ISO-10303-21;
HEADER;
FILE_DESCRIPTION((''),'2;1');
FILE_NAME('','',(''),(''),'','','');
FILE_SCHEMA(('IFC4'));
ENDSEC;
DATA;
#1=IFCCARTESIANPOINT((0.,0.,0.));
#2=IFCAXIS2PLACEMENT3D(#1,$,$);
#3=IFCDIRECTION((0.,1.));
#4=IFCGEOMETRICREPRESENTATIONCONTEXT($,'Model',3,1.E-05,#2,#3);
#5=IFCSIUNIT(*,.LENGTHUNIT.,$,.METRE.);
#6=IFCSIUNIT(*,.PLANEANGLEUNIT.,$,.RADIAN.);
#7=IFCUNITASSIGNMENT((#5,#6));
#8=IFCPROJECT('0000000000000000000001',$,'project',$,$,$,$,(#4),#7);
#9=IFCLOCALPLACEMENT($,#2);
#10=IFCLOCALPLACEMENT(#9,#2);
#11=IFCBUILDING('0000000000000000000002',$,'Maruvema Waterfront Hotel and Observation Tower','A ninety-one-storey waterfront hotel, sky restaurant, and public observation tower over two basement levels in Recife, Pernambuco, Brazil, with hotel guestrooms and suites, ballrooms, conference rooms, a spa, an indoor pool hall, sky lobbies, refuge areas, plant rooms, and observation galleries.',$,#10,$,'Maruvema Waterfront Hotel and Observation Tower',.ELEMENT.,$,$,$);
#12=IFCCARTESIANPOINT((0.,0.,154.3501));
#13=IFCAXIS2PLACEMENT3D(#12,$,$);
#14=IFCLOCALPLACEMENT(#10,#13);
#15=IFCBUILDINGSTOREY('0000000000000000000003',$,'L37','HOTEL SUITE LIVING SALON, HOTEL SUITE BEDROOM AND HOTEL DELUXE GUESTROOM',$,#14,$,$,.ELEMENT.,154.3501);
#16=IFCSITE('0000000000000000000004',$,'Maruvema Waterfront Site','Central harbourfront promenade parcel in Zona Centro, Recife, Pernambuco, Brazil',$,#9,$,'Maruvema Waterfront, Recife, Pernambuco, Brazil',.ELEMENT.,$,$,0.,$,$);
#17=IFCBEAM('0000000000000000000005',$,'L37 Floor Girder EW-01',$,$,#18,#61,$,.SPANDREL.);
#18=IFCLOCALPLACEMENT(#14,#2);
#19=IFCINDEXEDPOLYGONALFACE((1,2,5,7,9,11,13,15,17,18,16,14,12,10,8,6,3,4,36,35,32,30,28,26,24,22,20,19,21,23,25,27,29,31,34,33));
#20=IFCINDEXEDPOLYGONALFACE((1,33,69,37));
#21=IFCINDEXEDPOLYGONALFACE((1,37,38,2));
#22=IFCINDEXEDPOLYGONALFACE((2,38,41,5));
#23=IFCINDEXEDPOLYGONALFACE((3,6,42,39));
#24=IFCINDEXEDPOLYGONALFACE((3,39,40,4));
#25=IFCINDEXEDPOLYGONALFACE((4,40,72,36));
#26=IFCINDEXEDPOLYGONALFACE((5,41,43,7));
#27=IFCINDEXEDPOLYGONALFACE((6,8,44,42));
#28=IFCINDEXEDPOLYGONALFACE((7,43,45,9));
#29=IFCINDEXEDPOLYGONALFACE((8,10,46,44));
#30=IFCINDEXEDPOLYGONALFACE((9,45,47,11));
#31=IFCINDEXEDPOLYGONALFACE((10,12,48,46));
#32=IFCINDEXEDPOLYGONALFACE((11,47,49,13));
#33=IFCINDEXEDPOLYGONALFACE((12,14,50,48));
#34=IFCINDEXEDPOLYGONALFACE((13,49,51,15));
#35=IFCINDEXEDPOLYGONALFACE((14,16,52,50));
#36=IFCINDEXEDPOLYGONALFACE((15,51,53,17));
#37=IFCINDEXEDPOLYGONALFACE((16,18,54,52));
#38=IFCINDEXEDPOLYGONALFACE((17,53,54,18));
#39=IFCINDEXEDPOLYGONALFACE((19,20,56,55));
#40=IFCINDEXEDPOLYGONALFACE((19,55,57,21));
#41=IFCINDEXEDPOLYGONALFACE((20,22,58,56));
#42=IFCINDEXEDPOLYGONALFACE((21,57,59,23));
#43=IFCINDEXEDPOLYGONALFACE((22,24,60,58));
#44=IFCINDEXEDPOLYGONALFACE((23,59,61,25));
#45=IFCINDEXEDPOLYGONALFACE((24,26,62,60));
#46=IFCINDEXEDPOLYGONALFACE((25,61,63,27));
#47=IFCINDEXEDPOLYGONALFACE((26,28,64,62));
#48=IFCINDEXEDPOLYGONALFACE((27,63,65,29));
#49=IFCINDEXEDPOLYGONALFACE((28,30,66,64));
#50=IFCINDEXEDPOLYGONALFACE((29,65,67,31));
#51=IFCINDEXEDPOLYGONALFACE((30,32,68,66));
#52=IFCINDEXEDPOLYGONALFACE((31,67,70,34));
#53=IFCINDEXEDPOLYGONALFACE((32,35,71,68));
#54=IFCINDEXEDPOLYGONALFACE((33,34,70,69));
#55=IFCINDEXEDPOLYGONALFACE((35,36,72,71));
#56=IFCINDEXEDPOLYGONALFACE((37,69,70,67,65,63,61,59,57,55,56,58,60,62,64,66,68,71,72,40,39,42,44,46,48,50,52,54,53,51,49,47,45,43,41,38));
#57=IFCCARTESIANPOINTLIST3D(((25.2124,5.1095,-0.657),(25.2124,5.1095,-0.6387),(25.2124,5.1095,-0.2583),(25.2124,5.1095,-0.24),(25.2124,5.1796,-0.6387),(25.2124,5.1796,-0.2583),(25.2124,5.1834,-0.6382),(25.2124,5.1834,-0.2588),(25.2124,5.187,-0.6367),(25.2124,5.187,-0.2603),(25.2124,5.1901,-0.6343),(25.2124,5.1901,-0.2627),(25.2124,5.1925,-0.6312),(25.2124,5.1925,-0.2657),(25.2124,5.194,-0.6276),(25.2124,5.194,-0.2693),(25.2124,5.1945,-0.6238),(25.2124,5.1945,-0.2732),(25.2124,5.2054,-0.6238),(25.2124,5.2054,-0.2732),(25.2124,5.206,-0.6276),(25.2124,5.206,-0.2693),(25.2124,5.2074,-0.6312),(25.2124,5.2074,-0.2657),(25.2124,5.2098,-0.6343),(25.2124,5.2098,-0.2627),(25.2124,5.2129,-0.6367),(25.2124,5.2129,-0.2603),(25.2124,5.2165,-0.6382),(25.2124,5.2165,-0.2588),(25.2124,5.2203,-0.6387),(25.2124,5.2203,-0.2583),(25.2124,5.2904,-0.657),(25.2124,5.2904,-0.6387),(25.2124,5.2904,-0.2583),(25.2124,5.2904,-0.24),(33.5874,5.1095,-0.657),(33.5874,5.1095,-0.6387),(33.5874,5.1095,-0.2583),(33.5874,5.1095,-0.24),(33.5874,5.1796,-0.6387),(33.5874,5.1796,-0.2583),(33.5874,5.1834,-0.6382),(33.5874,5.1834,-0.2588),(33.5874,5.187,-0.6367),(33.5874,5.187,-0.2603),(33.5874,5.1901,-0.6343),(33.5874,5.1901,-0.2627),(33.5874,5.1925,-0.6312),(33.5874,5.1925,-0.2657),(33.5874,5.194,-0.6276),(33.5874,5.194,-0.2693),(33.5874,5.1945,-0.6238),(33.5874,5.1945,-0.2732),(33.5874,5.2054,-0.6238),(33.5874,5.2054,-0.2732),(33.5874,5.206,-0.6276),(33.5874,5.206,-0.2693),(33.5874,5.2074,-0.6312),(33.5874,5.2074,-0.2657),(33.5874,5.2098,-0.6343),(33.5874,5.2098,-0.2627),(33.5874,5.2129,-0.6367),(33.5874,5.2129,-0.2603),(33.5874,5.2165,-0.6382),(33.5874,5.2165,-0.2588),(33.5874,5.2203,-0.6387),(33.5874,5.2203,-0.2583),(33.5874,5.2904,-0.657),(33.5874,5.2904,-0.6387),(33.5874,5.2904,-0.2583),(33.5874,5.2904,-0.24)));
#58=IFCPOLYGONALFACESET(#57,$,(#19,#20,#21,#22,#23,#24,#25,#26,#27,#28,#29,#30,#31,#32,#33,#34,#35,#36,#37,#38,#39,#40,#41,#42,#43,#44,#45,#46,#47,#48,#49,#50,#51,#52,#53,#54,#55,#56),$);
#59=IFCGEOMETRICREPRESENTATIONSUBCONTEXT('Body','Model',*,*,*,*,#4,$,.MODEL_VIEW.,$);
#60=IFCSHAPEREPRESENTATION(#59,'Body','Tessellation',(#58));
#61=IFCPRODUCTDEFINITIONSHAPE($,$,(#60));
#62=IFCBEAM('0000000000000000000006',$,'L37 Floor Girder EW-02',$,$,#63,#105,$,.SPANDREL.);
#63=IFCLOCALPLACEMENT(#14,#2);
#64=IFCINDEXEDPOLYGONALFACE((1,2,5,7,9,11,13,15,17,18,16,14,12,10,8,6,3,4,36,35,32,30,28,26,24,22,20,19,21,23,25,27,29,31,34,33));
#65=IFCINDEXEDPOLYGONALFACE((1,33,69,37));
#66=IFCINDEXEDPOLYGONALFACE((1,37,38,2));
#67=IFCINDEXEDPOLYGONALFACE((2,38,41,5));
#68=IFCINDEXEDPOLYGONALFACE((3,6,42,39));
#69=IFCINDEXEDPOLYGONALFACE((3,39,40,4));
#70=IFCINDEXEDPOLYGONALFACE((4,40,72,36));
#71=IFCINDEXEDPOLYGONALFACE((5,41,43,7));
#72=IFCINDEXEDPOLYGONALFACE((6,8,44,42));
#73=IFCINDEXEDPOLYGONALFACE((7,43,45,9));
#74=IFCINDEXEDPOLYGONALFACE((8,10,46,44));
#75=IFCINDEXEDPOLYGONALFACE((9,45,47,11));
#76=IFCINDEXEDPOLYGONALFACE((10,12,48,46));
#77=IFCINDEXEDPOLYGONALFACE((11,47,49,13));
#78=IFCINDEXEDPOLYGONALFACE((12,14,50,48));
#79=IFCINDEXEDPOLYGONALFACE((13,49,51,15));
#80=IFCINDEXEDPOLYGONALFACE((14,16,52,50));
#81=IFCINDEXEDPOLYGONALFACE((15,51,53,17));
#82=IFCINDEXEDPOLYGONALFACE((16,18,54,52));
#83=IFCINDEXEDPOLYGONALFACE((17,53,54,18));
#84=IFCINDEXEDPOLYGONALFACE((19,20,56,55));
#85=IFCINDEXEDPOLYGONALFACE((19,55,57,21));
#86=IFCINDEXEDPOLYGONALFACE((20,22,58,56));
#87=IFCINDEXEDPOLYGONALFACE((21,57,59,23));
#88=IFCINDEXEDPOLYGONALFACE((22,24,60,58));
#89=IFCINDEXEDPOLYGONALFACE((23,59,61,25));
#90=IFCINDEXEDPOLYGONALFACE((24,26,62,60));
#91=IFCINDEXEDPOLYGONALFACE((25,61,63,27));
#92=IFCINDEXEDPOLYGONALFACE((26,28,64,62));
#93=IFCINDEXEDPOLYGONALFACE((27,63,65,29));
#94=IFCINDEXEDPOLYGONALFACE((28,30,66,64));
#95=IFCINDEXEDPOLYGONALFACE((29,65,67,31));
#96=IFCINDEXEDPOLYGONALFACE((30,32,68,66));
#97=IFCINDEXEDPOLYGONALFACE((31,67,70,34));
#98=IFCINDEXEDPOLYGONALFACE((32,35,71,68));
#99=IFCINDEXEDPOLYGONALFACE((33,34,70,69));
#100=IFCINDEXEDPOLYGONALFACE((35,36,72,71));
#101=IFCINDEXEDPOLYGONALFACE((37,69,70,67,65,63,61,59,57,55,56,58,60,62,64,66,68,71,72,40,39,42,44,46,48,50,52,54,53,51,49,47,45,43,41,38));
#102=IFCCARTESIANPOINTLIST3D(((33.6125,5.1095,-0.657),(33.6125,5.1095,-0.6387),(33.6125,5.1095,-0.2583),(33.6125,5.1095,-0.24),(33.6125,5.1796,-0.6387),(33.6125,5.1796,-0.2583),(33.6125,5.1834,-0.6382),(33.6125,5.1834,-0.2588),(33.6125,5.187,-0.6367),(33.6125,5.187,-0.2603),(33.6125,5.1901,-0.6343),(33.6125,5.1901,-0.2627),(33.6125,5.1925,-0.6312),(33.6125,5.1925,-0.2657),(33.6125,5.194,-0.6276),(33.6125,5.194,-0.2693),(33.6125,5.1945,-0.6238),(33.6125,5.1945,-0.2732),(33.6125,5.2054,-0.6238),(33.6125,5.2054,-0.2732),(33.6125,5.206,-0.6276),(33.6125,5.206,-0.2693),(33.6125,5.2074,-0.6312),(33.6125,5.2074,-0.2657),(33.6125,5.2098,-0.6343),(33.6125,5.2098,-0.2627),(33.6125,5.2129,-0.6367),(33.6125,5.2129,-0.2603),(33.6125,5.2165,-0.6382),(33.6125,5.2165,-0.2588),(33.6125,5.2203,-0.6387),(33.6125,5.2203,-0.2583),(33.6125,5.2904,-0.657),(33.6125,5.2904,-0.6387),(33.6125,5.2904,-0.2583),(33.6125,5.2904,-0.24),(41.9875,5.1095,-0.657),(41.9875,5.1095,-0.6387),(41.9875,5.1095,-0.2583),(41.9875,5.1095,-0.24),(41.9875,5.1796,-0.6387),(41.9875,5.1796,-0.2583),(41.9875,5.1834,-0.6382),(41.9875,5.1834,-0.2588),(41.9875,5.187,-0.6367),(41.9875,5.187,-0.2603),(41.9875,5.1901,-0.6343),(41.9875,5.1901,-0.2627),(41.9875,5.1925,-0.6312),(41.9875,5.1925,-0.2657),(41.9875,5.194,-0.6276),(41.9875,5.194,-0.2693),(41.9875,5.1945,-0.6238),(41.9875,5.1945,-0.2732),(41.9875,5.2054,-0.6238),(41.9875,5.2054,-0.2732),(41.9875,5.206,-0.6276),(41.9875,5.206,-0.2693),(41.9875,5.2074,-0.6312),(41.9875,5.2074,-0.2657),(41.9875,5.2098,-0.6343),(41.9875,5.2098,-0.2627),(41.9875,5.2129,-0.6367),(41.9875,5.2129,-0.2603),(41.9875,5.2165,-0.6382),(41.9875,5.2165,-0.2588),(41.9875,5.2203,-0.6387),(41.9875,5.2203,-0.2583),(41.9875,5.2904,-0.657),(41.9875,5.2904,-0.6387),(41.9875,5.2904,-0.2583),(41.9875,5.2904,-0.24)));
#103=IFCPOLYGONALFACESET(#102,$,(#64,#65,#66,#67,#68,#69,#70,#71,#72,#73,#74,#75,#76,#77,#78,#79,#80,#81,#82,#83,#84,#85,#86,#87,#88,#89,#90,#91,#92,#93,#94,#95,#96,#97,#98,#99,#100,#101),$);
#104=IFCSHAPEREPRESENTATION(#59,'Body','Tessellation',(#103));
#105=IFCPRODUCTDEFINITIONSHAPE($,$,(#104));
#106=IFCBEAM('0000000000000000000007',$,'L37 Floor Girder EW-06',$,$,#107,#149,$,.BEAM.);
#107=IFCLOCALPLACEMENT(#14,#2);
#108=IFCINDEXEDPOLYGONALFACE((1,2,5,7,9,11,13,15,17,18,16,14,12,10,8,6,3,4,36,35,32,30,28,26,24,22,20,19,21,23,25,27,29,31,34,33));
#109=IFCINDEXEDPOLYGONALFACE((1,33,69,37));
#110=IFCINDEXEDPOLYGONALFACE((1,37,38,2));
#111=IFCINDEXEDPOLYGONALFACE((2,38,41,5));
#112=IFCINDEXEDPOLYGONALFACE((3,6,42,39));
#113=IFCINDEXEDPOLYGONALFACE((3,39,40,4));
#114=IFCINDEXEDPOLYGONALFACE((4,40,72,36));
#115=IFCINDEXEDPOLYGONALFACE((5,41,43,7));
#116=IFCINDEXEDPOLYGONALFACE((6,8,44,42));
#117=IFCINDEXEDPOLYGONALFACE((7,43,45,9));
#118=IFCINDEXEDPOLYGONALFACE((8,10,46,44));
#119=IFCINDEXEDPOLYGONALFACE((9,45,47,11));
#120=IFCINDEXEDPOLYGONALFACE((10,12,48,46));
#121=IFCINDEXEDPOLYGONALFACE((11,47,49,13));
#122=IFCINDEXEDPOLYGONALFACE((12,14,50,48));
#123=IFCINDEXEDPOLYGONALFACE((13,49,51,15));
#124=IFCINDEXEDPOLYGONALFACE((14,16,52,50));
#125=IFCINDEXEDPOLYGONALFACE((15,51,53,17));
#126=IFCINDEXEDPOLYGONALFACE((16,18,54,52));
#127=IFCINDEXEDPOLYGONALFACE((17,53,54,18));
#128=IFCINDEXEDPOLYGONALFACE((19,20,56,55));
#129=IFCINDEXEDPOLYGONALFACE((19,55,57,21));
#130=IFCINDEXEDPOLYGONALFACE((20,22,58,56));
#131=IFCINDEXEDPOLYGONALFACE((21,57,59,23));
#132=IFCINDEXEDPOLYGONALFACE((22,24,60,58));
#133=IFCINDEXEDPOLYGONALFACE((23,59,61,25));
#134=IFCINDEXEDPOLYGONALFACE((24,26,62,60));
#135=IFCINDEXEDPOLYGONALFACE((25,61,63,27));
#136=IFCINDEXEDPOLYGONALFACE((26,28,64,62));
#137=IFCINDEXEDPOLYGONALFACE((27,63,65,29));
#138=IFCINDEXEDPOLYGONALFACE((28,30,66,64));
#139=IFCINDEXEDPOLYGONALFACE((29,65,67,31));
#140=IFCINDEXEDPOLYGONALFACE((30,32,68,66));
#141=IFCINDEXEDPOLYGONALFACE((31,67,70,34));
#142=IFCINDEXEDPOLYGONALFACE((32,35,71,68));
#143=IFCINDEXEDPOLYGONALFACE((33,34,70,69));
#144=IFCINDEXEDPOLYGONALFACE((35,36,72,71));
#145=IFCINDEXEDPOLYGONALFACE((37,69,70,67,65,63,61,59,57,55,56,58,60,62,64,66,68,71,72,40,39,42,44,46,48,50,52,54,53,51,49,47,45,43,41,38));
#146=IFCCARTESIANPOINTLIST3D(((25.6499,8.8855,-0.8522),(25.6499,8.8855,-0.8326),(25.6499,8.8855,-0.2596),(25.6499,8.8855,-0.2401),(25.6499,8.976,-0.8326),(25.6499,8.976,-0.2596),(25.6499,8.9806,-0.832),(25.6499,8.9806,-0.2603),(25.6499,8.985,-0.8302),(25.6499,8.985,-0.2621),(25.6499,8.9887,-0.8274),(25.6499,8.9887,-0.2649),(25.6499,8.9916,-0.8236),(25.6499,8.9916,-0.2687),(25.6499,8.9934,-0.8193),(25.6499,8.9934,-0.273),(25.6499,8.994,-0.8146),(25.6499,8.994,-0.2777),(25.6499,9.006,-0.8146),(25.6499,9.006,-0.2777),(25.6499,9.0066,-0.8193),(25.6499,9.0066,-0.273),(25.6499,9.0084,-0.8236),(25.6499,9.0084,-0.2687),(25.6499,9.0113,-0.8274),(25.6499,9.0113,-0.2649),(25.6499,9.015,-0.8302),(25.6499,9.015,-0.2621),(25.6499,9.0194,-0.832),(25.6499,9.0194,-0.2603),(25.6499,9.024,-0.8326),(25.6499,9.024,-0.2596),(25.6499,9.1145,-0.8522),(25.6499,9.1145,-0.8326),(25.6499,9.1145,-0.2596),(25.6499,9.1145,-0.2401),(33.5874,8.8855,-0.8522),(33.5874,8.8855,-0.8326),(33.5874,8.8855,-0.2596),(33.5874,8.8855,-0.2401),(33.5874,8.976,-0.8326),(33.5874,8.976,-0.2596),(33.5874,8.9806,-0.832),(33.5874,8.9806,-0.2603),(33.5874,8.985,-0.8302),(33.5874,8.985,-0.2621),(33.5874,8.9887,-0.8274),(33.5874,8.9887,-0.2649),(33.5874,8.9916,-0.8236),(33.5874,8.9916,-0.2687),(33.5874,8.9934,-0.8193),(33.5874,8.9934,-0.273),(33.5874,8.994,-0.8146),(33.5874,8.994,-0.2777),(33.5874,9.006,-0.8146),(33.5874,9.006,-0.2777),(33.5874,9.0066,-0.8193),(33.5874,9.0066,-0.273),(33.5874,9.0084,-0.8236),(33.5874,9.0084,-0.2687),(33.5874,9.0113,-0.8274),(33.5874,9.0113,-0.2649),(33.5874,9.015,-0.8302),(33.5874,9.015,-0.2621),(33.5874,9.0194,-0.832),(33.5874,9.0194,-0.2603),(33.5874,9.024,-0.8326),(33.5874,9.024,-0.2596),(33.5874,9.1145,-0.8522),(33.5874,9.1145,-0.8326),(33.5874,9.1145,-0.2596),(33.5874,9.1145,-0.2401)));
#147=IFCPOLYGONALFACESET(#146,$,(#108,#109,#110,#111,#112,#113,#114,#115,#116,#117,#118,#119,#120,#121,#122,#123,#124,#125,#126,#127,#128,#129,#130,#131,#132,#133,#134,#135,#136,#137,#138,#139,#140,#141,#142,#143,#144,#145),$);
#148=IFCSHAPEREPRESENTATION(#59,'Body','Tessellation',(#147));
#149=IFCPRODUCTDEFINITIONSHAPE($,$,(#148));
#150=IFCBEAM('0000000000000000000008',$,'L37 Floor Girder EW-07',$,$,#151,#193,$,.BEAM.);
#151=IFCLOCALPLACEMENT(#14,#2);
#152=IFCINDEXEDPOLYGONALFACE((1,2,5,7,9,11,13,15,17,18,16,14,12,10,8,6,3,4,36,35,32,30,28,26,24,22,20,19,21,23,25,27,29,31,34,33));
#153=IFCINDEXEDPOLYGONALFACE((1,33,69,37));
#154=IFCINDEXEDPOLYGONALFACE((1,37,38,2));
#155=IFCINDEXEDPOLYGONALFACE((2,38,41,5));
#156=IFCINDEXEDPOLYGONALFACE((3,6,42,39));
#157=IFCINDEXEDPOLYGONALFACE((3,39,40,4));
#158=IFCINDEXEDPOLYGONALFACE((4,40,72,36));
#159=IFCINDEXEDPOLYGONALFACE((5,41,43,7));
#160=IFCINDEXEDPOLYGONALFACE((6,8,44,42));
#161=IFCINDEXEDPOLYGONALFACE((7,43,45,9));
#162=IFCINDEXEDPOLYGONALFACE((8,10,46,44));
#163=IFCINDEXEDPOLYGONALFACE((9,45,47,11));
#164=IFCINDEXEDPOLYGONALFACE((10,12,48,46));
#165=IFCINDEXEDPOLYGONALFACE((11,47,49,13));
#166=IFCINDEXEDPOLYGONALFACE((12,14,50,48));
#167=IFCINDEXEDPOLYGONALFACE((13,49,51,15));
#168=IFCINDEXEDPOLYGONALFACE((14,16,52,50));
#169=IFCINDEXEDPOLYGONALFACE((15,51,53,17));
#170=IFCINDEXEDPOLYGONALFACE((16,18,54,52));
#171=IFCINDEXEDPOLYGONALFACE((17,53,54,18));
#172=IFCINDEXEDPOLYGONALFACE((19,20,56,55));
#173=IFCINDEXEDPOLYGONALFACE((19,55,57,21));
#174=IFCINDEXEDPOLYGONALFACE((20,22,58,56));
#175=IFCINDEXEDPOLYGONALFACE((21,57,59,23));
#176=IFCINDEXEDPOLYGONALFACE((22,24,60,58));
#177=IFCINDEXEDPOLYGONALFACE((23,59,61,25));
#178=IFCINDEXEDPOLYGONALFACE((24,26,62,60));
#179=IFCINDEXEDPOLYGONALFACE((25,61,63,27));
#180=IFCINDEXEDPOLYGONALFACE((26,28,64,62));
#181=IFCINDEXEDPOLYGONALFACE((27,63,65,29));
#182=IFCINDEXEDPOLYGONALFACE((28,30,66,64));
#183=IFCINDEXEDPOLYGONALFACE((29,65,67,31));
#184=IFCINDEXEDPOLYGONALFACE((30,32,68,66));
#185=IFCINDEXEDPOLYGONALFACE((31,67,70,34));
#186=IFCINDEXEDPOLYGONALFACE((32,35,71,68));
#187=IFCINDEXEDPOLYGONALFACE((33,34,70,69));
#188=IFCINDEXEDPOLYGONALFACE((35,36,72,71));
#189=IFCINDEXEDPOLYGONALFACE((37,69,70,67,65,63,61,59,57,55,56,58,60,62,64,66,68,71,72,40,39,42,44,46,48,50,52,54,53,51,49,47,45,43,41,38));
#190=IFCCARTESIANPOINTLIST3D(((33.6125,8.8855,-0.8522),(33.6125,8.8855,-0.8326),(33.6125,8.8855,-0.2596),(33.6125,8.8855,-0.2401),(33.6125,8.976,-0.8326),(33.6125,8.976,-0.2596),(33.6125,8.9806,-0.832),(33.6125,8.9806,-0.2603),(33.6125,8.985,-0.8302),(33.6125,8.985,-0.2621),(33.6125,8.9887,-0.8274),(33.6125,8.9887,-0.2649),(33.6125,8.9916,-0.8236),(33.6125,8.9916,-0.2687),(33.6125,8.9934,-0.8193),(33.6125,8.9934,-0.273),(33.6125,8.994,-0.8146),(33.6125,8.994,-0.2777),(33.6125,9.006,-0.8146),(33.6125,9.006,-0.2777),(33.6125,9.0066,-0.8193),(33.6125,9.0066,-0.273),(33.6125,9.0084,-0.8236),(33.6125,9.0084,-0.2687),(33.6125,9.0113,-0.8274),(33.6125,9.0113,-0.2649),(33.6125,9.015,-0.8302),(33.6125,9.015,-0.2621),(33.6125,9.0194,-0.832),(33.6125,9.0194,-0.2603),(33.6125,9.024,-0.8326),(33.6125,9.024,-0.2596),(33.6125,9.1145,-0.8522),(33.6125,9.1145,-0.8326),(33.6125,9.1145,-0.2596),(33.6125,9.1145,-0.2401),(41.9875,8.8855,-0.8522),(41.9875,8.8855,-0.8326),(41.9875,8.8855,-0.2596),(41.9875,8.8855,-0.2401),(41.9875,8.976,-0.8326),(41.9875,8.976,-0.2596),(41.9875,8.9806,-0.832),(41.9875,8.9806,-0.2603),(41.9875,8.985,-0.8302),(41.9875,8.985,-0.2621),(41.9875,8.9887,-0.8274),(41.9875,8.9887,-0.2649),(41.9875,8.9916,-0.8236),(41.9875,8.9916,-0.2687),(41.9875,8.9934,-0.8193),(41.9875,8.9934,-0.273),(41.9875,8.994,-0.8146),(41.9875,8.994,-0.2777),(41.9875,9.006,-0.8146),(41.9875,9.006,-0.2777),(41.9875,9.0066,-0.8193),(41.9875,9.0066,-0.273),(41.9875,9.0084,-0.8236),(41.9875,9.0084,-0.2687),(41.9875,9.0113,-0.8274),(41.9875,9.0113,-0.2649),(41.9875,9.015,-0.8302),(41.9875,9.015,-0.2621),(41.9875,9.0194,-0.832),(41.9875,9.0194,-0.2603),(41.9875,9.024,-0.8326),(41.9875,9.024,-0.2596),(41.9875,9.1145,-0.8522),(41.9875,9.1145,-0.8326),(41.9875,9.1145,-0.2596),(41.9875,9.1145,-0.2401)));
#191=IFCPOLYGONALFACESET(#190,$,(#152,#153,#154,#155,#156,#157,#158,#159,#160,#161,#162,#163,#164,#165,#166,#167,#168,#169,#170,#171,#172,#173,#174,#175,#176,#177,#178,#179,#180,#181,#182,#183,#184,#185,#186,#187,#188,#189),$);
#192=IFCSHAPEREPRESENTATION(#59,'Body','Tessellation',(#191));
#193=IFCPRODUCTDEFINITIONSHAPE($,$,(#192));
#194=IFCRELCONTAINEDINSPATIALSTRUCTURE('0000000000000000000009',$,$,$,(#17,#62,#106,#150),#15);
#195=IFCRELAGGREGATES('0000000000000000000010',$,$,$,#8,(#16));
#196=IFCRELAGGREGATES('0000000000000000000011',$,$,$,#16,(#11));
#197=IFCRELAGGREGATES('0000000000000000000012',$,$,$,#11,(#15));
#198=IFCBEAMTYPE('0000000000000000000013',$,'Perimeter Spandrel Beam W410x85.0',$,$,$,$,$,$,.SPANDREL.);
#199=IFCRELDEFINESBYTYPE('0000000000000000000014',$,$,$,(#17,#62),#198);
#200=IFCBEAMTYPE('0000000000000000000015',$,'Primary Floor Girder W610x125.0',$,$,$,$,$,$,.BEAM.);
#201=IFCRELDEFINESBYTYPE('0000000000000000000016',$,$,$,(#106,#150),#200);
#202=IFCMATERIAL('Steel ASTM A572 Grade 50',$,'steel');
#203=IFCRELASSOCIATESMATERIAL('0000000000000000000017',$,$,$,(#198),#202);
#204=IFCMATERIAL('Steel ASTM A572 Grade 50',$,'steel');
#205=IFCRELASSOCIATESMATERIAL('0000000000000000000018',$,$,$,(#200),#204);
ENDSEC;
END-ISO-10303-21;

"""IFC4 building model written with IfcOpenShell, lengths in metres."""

from ifc_helpers import new_model, si_unit, direction, frame, origin, origin_2d, place, context, subcontext, project, spatial, i_section, extrude, material, material_profile, profile_set, type_object, element, save


model = new_model("IFC4")

# Units and contexts
model_context = context("Model", 3, precision=1e-05, world=origin(), true_north=direction((0.0, 1.0)))
body_context = subcontext(model_context, "Body", "Model", "MODEL_VIEW")
ifc_project = project(units=[si_unit("LENGTHUNIT", "METRE"), si_unit("PLANEANGLEUNIT", "RADIAN")], contexts=[model_context])

# Site, building, storey
site_placement = place(None, origin())
site = spatial("IfcSite", under=ifc_project, at=site_placement, Name="Maruvema Waterfront Site", Description="Central harbourfront promenade parcel in Zona Centro, Recife, Pernambuco, Brazil", LongName="Maruvema Waterfront, Recife, Pernambuco, Brazil", CompositionType="ELEMENT", RefElevation=0.0)
building_placement = place(site_placement, origin())
building = spatial("IfcBuilding", under=site, at=building_placement, Name="Maruvema Waterfront Hotel and Observation Tower", Description="A ninety-one-storey waterfront hotel, sky restaurant, and public observation tower over two basement levels in Recife, Pernambuco, Brazil, with hotel guestrooms and suites, ballrooms, conference rooms, a spa, an indoor pool hall, sky lobbies, refuge areas, plant rooms, and observation galleries.", LongName="Maruvema Waterfront Hotel and Observation Tower", CompositionType="ELEMENT")
storey_placement = place(building_placement, frame((0.0, 0.0, 154.3501)))
storey = spatial("IfcBuildingStorey", under=building, at=storey_placement, Name="L37", Description="HOTEL SUITE LIVING SALON, HOTEL SUITE BEDROOM AND HOTEL DELUXE GUESTROOM", CompositionType="ELEMENT", Elevation=154.3501)

# Beams
ifc_material_1 = material(Name="Steel ASTM A572 Grade 50", Category="steel")
ifc_material_profile_1 = material_profile(ifc_material_1, i_section(OverallWidth=0.1809, OverallDepth=0.417, WebThickness=0.011, FlangeThickness=0.0183, FilletRadius=0.0149, at=origin_2d()), Name="W410x85.0")
ifc_profile_set_1 = profile_set([ifc_material_profile_1], Name="Steel ASTM A572 Grade 50")
beam_type_1 = type_object("IfcBeamType", Name="Perimeter Spandrel Beam W410x85.0", PredefinedType="SPANDREL", material=ifc_profile_set_1)
for number, where, z_axis, x_axis, name in (
    (1, (25.2124, 5.2, -0.4485), (1.0, 0.0, 0.0), (0.0, 1.0, 0.0), "L37 Floor Girder EW-01"),
    (2, (33.6125, 5.2, -0.4485), (1.0, 0.0, 0.0), (0.0, 1.0, 0.0), "L37 Floor Girder EW-02"),
):
    element("IfcBeam", number, at=place(storey_placement, frame(where, z_axis=z_axis, x_axis=x_axis)), inside=storey, type_object=beam_type_1, Name=name, PredefinedType="SPANDREL", context=body_context, shape_type="SweptSolid", body=[
        extrude(i_section(OverallWidth=0.1809, OverallDepth=0.417, WebThickness=0.011, FlangeThickness=0.0183, FilletRadius=0.0149, at=origin_2d()), origin(), (0.0, 0.0, 1.0), 8.375),
    ])
ifc_material_2 = material(Name="Steel ASTM A572 Grade 50", Category="steel")
ifc_material_profile_2 = material_profile(ifc_material_2, i_section(OverallWidth=0.229, OverallDepth=0.6121, WebThickness=0.012, FlangeThickness=0.0195, FilletRadius=0.0181, at=origin_2d()), Name="W610x125.0")
ifc_profile_set_2 = profile_set([ifc_material_profile_2], Name="Steel ASTM A572 Grade 50")
beam_type_2 = type_object("IfcBeamType", Name="Primary Floor Girder W610x125.0", PredefinedType="BEAM", material=ifc_profile_set_2)
beam_1_placement = place(storey_placement, frame((25.6499, 9.0, -0.5461), z_axis=(1.0, 0.0, 0.0), x_axis=(0.0, 1.0, 0.0)))
element("IfcBeam", 3, at=beam_1_placement, inside=storey, type_object=beam_type_2, Name="L37 Floor Girder EW-06", PredefinedType="BEAM", context=body_context, shape_type="SweptSolid", body=[
    extrude(i_section(OverallWidth=0.229, OverallDepth=0.6121, WebThickness=0.012, FlangeThickness=0.0195, FilletRadius=0.0181, at=origin_2d()), origin(), (0.0, 0.0, 1.0), 7.9375),
])
beam_2_placement = place(storey_placement, frame((33.6125, 9.0, -0.5461), z_axis=(1.0, 0.0, 0.0), x_axis=(0.0, 1.0, 0.0)))
element("IfcBeam", 4, at=beam_2_placement, inside=storey, type_object=beam_type_2, Name="L37 Floor Girder EW-07", PredefinedType="BEAM", context=body_context, shape_type="SweptSolid", body=[
    extrude(i_section(OverallWidth=0.229, OverallDepth=0.6121, WebThickness=0.012, FlangeThickness=0.0195, FilletRadius=0.0181, at=origin_2d()), origin(), (0.0, 0.0, 1.0), 8.375),
])

save(model, "model.ifc")
